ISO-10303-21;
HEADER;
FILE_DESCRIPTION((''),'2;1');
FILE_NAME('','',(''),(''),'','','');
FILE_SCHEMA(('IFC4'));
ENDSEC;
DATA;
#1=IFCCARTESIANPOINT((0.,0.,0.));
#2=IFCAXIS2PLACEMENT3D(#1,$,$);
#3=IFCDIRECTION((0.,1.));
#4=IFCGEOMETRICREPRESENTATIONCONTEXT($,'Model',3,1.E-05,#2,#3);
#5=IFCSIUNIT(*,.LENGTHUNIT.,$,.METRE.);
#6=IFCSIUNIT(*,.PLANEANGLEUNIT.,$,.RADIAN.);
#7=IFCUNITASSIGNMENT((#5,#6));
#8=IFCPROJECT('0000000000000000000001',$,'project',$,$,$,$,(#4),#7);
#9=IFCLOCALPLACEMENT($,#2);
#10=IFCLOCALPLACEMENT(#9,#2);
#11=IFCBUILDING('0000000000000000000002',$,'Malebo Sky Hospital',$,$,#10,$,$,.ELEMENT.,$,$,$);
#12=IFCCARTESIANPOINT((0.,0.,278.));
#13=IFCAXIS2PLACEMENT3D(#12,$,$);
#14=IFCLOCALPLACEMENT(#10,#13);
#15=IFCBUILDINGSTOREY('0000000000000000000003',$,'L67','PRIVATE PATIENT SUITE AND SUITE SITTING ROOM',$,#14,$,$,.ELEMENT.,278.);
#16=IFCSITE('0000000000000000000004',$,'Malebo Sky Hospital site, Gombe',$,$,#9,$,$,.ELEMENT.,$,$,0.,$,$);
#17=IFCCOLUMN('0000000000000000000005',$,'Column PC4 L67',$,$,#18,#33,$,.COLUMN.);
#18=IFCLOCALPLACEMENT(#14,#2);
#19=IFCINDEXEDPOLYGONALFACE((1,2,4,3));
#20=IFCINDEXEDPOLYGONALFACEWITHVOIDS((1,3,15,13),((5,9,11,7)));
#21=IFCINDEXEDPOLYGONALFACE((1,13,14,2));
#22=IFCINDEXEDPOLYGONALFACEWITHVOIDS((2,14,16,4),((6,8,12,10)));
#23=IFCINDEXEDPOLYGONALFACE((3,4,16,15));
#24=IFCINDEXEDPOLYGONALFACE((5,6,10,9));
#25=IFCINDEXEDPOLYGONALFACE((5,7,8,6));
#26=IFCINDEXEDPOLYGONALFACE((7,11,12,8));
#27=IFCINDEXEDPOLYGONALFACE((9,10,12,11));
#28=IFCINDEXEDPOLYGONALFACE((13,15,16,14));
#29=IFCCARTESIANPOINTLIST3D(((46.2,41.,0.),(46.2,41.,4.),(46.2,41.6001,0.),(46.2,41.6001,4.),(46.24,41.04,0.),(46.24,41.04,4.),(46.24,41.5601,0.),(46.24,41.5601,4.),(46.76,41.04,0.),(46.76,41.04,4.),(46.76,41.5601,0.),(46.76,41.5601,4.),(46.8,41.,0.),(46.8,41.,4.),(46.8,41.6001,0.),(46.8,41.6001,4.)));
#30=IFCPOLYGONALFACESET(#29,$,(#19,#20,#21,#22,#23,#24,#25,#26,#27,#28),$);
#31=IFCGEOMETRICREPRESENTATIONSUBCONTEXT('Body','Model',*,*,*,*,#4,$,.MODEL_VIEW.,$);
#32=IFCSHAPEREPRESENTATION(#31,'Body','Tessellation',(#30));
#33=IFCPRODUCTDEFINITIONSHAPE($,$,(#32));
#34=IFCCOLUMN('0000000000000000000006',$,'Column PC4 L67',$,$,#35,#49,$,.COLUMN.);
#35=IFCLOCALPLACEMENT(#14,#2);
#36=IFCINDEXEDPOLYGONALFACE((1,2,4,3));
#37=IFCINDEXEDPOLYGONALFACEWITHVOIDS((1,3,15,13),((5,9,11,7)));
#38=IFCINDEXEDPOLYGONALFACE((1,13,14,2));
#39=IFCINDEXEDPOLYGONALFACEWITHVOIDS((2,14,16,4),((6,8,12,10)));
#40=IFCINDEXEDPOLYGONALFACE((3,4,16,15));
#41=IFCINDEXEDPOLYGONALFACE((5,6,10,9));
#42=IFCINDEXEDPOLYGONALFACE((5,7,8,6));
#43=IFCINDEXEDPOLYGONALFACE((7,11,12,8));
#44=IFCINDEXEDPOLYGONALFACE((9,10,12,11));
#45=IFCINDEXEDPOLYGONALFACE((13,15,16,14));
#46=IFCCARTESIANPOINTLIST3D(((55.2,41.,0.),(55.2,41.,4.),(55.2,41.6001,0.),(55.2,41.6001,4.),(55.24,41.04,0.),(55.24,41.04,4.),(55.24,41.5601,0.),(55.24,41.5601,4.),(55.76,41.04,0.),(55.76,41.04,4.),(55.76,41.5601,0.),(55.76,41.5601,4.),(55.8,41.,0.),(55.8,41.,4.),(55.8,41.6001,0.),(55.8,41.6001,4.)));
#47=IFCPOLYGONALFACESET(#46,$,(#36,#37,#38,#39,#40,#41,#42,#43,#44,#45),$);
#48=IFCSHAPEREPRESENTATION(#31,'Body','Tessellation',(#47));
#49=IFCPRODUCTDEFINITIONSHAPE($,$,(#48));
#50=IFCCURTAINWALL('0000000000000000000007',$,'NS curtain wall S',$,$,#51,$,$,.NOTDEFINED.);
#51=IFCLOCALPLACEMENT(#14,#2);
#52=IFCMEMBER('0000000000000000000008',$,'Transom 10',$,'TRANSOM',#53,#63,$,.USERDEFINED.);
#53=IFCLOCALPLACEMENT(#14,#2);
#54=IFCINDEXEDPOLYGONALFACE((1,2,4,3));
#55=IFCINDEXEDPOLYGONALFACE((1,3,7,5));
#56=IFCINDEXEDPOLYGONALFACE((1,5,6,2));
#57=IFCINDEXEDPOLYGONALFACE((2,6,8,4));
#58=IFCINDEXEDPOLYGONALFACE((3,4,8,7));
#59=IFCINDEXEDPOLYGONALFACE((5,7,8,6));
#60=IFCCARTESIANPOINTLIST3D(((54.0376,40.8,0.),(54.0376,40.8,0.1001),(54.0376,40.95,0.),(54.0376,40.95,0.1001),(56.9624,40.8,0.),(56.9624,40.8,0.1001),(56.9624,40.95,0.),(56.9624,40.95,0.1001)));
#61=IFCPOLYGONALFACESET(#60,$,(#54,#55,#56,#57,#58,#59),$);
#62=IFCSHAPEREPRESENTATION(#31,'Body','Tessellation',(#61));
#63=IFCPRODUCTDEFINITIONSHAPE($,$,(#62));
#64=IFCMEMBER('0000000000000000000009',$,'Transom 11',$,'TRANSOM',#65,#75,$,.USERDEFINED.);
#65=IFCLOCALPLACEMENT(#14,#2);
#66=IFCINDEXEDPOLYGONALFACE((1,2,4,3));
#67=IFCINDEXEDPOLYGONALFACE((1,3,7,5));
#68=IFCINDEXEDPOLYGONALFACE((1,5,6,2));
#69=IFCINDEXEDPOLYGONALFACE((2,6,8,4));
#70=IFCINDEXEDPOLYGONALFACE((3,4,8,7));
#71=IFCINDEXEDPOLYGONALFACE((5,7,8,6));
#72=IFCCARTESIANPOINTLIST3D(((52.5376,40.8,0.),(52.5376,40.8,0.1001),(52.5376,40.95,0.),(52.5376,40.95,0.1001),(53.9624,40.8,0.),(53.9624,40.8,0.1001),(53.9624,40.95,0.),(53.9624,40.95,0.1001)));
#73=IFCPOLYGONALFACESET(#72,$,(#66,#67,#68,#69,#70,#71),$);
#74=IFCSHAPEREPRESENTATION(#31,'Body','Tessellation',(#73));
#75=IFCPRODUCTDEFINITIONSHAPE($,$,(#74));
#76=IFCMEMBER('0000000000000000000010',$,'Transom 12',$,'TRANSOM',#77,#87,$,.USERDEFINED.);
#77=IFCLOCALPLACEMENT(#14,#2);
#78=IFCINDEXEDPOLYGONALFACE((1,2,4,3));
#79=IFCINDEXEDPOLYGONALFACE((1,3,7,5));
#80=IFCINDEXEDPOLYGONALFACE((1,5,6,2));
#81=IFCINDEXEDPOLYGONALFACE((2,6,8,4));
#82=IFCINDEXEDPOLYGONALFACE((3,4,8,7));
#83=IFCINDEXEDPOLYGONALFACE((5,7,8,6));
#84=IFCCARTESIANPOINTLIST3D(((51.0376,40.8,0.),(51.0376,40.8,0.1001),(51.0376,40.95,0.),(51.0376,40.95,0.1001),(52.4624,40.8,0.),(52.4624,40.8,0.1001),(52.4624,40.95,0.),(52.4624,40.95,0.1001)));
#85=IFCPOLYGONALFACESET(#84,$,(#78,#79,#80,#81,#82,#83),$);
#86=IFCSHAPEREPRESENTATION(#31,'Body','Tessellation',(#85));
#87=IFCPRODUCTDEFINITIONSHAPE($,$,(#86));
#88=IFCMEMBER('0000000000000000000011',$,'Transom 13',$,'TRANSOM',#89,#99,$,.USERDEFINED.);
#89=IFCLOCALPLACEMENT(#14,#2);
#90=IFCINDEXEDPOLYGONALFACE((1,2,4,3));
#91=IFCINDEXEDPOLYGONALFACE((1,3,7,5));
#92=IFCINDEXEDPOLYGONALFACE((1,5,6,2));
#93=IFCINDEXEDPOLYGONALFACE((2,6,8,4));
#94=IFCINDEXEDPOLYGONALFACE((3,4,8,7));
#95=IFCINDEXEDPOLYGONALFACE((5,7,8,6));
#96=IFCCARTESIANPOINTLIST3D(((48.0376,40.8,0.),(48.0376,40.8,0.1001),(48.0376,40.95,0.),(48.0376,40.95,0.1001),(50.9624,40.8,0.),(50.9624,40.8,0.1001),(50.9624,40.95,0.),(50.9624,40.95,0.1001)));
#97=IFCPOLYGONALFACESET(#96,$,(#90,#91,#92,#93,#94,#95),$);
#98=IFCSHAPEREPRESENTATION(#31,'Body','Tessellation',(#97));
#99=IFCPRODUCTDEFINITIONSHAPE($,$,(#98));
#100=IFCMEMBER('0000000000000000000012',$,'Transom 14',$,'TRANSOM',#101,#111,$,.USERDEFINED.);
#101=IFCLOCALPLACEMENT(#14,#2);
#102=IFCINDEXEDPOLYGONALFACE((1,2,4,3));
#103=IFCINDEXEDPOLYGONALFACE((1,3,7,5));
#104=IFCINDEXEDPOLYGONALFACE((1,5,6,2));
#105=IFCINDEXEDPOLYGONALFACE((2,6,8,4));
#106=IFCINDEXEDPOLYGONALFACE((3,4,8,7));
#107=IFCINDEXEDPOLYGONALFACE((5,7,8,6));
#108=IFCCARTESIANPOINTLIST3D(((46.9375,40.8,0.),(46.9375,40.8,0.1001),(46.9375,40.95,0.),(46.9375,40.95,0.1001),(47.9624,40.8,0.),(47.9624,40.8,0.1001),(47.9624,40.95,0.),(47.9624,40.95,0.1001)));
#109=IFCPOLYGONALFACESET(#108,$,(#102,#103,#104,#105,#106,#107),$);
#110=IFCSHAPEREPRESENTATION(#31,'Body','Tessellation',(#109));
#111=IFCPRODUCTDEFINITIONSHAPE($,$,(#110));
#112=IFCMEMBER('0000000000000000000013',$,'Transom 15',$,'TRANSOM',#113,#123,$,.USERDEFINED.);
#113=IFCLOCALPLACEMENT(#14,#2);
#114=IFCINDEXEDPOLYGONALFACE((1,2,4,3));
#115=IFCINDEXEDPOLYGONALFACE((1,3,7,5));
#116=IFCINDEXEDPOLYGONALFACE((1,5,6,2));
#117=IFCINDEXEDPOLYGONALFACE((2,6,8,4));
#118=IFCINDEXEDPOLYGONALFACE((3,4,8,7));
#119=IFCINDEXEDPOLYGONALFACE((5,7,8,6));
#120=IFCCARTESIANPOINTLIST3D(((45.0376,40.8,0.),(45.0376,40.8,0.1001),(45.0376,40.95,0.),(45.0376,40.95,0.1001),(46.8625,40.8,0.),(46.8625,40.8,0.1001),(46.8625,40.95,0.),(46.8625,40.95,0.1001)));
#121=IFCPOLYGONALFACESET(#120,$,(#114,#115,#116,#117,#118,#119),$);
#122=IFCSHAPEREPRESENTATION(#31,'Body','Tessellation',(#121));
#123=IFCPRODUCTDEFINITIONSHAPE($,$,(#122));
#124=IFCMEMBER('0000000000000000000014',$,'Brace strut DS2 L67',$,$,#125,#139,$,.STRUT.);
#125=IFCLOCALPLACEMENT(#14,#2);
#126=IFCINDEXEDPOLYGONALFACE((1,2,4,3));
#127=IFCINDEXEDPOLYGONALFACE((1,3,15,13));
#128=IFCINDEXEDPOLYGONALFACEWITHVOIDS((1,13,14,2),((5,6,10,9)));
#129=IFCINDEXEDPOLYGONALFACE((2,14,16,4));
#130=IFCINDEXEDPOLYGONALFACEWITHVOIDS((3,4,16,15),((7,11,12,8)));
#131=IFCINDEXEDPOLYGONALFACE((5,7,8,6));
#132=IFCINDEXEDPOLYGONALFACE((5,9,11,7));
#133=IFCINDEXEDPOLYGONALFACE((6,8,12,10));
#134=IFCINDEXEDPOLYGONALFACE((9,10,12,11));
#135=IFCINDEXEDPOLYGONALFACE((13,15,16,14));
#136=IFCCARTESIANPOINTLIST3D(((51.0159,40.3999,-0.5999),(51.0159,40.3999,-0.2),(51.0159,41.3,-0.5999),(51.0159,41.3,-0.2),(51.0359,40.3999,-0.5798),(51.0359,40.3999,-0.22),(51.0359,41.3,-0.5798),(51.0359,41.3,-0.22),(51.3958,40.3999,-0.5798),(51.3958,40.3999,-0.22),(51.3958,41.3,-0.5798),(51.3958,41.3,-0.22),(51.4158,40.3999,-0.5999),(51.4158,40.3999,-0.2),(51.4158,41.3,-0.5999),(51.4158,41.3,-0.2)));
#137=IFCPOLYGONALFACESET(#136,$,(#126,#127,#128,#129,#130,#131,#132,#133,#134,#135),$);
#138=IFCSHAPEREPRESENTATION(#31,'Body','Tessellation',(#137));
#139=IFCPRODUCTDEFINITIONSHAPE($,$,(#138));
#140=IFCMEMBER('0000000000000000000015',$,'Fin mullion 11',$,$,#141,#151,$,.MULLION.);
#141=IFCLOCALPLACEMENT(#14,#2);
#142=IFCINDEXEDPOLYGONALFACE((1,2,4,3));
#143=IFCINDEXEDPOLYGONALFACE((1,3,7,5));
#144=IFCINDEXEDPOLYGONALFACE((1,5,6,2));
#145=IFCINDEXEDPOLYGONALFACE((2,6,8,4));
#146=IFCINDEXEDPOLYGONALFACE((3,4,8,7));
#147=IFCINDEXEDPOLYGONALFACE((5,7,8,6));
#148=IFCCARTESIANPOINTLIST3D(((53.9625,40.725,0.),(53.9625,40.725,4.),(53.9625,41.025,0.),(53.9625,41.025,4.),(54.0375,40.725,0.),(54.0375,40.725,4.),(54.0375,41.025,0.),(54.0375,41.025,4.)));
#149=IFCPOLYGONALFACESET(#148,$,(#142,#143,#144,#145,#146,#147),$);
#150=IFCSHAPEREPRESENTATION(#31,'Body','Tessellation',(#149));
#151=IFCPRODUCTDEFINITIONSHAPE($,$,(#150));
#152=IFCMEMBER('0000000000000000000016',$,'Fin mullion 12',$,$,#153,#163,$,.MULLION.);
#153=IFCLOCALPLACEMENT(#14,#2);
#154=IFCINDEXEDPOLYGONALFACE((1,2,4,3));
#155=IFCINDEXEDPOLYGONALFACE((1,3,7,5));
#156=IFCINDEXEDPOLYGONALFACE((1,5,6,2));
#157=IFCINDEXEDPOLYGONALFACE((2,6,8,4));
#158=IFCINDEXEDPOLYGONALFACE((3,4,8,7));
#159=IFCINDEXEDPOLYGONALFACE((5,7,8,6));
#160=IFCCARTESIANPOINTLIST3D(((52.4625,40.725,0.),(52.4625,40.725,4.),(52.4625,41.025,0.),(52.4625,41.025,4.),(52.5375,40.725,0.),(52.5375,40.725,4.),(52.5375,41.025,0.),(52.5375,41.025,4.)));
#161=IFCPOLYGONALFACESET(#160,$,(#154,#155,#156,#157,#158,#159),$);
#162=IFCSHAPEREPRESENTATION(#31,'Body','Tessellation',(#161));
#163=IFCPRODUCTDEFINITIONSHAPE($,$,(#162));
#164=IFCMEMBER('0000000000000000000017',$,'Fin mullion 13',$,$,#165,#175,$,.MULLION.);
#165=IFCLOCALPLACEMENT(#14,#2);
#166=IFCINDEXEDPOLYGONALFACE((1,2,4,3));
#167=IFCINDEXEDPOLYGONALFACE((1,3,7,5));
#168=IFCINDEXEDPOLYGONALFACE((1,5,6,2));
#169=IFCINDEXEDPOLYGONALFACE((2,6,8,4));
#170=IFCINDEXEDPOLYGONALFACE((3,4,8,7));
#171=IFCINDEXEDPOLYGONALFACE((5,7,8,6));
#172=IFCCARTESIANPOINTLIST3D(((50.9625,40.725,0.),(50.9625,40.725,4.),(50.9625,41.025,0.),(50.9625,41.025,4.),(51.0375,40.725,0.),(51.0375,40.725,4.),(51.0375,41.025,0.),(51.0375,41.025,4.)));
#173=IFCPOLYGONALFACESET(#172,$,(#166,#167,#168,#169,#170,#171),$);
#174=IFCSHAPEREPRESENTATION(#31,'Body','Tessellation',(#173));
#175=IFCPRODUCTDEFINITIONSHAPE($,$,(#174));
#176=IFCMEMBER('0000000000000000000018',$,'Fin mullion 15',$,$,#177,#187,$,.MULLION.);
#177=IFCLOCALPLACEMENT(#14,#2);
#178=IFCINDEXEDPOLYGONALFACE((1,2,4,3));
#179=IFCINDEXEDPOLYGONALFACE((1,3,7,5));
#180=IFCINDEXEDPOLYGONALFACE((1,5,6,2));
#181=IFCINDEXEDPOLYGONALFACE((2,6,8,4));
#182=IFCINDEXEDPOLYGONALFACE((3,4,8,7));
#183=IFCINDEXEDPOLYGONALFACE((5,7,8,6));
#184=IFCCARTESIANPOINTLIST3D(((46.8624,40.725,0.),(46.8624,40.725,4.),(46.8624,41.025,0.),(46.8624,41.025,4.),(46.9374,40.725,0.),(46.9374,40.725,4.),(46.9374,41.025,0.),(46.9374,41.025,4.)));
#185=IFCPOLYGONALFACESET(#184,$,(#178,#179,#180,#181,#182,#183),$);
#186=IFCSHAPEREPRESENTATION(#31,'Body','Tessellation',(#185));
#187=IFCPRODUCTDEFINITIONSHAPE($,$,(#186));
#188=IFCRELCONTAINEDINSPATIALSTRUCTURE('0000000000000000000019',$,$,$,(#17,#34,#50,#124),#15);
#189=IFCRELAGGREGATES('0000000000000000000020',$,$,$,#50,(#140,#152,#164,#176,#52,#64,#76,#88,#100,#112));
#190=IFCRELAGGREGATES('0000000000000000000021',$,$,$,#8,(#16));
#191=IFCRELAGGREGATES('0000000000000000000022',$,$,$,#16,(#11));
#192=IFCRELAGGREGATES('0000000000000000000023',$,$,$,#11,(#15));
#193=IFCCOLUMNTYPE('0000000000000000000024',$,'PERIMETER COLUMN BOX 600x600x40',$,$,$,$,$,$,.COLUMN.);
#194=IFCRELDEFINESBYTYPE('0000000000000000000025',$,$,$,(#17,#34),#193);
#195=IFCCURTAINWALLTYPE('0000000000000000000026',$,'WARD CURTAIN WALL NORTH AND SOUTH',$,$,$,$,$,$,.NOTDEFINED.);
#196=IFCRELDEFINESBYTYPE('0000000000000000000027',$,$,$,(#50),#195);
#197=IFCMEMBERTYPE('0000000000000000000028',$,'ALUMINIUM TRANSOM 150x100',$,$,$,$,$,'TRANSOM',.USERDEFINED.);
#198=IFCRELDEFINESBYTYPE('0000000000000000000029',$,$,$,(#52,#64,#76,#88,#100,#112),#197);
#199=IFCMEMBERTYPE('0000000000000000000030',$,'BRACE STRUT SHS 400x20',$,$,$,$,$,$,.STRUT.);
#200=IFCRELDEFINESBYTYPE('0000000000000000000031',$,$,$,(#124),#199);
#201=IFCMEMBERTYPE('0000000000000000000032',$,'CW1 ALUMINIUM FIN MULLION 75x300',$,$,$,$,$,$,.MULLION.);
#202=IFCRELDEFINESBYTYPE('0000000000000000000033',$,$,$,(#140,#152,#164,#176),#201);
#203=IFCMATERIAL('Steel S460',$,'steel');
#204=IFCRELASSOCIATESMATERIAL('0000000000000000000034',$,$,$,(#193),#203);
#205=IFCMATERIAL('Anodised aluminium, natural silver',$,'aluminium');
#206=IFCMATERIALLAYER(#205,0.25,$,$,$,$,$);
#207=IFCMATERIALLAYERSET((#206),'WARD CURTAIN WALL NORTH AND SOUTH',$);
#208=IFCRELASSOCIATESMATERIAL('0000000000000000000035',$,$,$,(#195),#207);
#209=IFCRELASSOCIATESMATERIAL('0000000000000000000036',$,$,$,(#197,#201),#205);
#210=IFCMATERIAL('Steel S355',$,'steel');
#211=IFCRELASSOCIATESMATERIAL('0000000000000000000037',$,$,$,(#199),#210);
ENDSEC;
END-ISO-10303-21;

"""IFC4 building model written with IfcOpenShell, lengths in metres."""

from ifc_helpers import new_model, si_unit, direction, frame, origin, origin_2d, place, context, subcontext, project, spatial, rectangle, hollow_rectangle, extrude, material, layer, layer_set, material_profile, profile_set, type_object, element, aggregate, save


model = new_model("IFC4")

# Units and contexts
model_context = context("Model", 3, precision=1e-05, world=origin(), true_north=direction((0.0, 1.0)))
body_context = subcontext(model_context, "Body", "Model", "MODEL_VIEW")
ifc_project = project(units=[si_unit("LENGTHUNIT", "METRE"), si_unit("PLANEANGLEUNIT", "RADIAN")], contexts=[model_context])

# Site, building, storey
site_placement = place(None, origin())
site = spatial("IfcSite", under=ifc_project, at=site_placement, Name="Malebo Sky Hospital site, Gombe", CompositionType="ELEMENT", RefElevation=0.0)
building_placement = place(site_placement, origin())
building = spatial("IfcBuilding", under=site, at=building_placement, Name="Malebo Sky Hospital", CompositionType="ELEMENT")
storey_placement = place(building_placement, frame((0.0, 0.0, 278.0)))
storey = spatial("IfcBuildingStorey", under=building, at=storey_placement, Name="L67", Description="PRIVATE PATIENT SUITE AND SUITE SITTING ROOM", CompositionType="ELEMENT", Elevation=278.0)

# Columns
ifc_material_1 = material(Name="Steel S460", Category="steel")
ifc_material_profile_1 = material_profile(ifc_material_1, hollow_rectangle(XDim=0.6001, YDim=0.6001, WallThickness=0.04, at=origin_2d()), Name="BOX 600x600x40")
ifc_profile_set_1 = profile_set([ifc_material_profile_1], Name="Steel S460")
column_type = type_object("IfcColumnType", Name="PERIMETER COLUMN BOX 600x600x40", PredefinedType="COLUMN", material=ifc_profile_set_1)
for number, where, z_axis, x_axis, name in (
    (1, (46.5, 41.3, 0.0), (0.0, 0.0, 1.0), (1.0, 0.0, 0.0), "Column PC4 L67"),
    (2, (55.5, 41.3, 0.0), (0.0, 0.0, 1.0), (1.0, 0.0, 0.0), "Column PC4 L67"),
):
    element("IfcColumn", number, at=place(storey_placement, frame(where, z_axis=z_axis, x_axis=x_axis)), inside=storey, type_object=column_type, Name=name, PredefinedType="COLUMN", context=body_context, shape_type="SweptSolid", body=[
        extrude(hollow_rectangle(XDim=0.6001, YDim=0.6001, WallThickness=0.04, at=origin_2d()), origin(), (0.0, 0.0, 1.0), 4.0),
    ])

# Curtain wall, members
ifc_material_2 = material(Name="Anodised aluminium, natural silver", Category="aluminium")
ifc_layer_1 = layer(ifc_material_2, 0.25)
ifc_layer_set_1 = layer_set([ifc_layer_1], Name="WARD CURTAIN WALL NORTH AND SOUTH")
curtain_wall_type = type_object("IfcCurtainWallType", Name="WARD CURTAIN WALL NORTH AND SOUTH", PredefinedType="NOTDEFINED", material=ifc_layer_set_1)
curtain_wall_placement = place(storey_placement, origin())
curtain_wall = element("IfcCurtainWall", 3, at=curtain_wall_placement, inside=storey, type_object=curtain_wall_type, Name="NS curtain wall S", PredefinedType="NOTDEFINED")
ifc_material_profile_2 = material_profile(ifc_material_2, rectangle(XDim=0.1499, YDim=0.1001, at=origin_2d()), Name="ALUMINIUM TRANSOM 150x100")
ifc_profile_set_2 = profile_set([ifc_material_profile_2], Name="Anodised aluminium, natural silver")
member_type_1 = type_object("IfcMemberType", Name="ALUMINIUM TRANSOM 150x100", ElementType="TRANSOM", PredefinedType="USERDEFINED", material=ifc_profile_set_2)
member_1_placement = place(storey_placement, frame((56.9624, 40.875, 0.05), z_axis=(-1.0, 0.0, 0.0), x_axis=(0.0, -1.0, 0.0)))
member_1 = element("IfcMember", 4, at=member_1_placement, type_object=member_type_1, Name="Transom 10", ObjectType="TRANSOM", PredefinedType="USERDEFINED", context=body_context, shape_type="SweptSolid", body=[
    extrude(rectangle(XDim=0.1499, YDim=0.1001, at=origin_2d()), origin(), (0.0, 0.0, 1.0), 2.9248),
])
member_2_placement = place(storey_placement, frame((53.9624, 40.875, 0.05), z_axis=(-1.0, 0.0, 0.0), x_axis=(0.0, -1.0, 0.0)))
member_2 = element("IfcMember", 5, at=member_2_placement, type_object=member_type_1, Name="Transom 11", ObjectType="TRANSOM", PredefinedType="USERDEFINED", context=body_context, shape_type="SweptSolid", body=[
    extrude(rectangle(XDim=0.1499, YDim=0.1001, at=origin_2d()), origin(), (0.0, 0.0, 1.0), 1.4248),
])
member_3_placement = place(storey_placement, frame((52.4624, 40.875, 0.05), z_axis=(-1.0, 0.0, 0.0), x_axis=(0.0, -1.0, 0.0)))
member_3 = element("IfcMember", 6, at=member_3_placement, type_object=member_type_1, Name="Transom 12", ObjectType="TRANSOM", PredefinedType="USERDEFINED", context=body_context, shape_type="SweptSolid", body=[
    extrude(rectangle(XDim=0.1499, YDim=0.1001, at=origin_2d()), origin(), (0.0, 0.0, 1.0), 1.4248),
])
member_4_placement = place(storey_placement, frame((50.9624, 40.875, 0.05), z_axis=(-1.0, 0.0, 0.0), x_axis=(0.0, -1.0, 0.0)))
member_4 = element("IfcMember", 7, at=member_4_placement, type_object=member_type_1, Name="Transom 13", ObjectType="TRANSOM", PredefinedType="USERDEFINED", context=body_context, shape_type="SweptSolid", body=[
    extrude(rectangle(XDim=0.1499, YDim=0.1001, at=origin_2d()), origin(), (0.0, 0.0, 1.0), 2.9248),
])
member_5_placement = place(storey_placement, frame((47.9624, 40.875, 0.05), z_axis=(-1.0, 0.0, 0.0), x_axis=(0.0, -1.0, 0.0)))
member_5 = element("IfcMember", 8, at=member_5_placement, type_object=member_type_1, Name="Transom 14", ObjectType="TRANSOM", PredefinedType="USERDEFINED", context=body_context, shape_type="SweptSolid", body=[
    extrude(rectangle(XDim=0.1499, YDim=0.1001, at=origin_2d()), origin(), (0.0, 0.0, 1.0), 1.0249),
])
member_6_placement = place(storey_placement, frame((46.8625, 40.875, 0.05), z_axis=(-1.0, 0.0, 0.0), x_axis=(0.0, -1.0, 0.0)))
member_6 = element("IfcMember", 9, at=member_6_placement, type_object=member_type_1, Name="Transom 15", ObjectType="TRANSOM", PredefinedType="USERDEFINED", context=body_context, shape_type="SweptSolid", body=[
    extrude(rectangle(XDim=0.1499, YDim=0.1001, at=origin_2d()), origin(), (0.0, 0.0, 1.0), 1.825),
])

# Members
ifc_material_3 = material(Name="Steel S355", Category="steel")
ifc_material_profile_3 = material_profile(ifc_material_3, hollow_rectangle(XDim=0.3999, YDim=0.3999, WallThickness=0.02, at=origin_2d()), Name="SHS 400x20")
ifc_profile_set_3 = profile_set([ifc_material_profile_3], Name="Steel S355")
member_type_2 = type_object("IfcMemberType", Name="BRACE STRUT SHS 400x20", PredefinedType="STRUT", material=ifc_profile_set_3)
member_7_placement = place(storey_placement, frame((51.2158, 40.3999, -0.3999), z_axis=(0.0, 1.0, 0.0), x_axis=(-1.0, 0.0, 0.0)))
element("IfcMember", 10, at=member_7_placement, inside=storey, type_object=member_type_2, Name="Brace strut DS2 L67", PredefinedType="STRUT", context=body_context, shape_type="SweptSolid", body=[
    extrude(hollow_rectangle(XDim=0.3999, YDim=0.3999, WallThickness=0.02, at=origin_2d()), origin(), (0.0, 0.0, 1.0), 0.9001),
])
ifc_material_profile_4 = material_profile(ifc_material_2, rectangle(XDim=0.075, YDim=0.3, at=origin_2d()), Name="CW1 ALUMINIUM FIN MULLION 75x300")
ifc_profile_set_4 = profile_set([ifc_material_profile_4], Name="Anodised aluminium, natural silver")
member_type_3 = type_object("IfcMemberType", Name="CW1 ALUMINIUM FIN MULLION 75x300", PredefinedType="MULLION", material=ifc_profile_set_4)
member_8_placement = place(storey_placement, frame((54.0, 40.875, 0.0), z_axis=(0.0, 0.0, 1.0), x_axis=(-1.0, 0.0, 0.0)))
member_8 = element("IfcMember", 11, at=member_8_placement, type_object=member_type_3, Name="Fin mullion 11", PredefinedType="MULLION", context=body_context, shape_type="SweptSolid", body=[
    extrude(rectangle(XDim=0.075, YDim=0.3, at=origin_2d()), origin(), (0.0, 0.0, 1.0), 4.0),
])
member_9_placement = place(storey_placement, frame((52.5, 40.875, 0.0), z_axis=(0.0, 0.0, 1.0), x_axis=(-1.0, 0.0, 0.0)))
member_9 = element("IfcMember", 12, at=member_9_placement, type_object=member_type_3, Name="Fin mullion 12", PredefinedType="MULLION", context=body_context, shape_type="SweptSolid", body=[
    extrude(rectangle(XDim=0.075, YDim=0.3, at=origin_2d()), origin(), (0.0, 0.0, 1.0), 4.0),
])
member_10_placement = place(storey_placement, frame((51.0, 40.875, 0.0), z_axis=(0.0, 0.0, 1.0), x_axis=(-1.0, 0.0, 0.0)))
member_10 = element("IfcMember", 13, at=member_10_placement, type_object=member_type_3, Name="Fin mullion 13", PredefinedType="MULLION", context=body_context, shape_type="SweptSolid", body=[
    extrude(rectangle(XDim=0.075, YDim=0.3, at=origin_2d()), origin(), (0.0, 0.0, 1.0), 4.0),
])
member_11_placement = place(storey_placement, frame((46.8999, 40.875, 0.0), z_axis=(0.0, 0.0, 1.0), x_axis=(-1.0, 0.0, 0.0)))
member_11 = element("IfcMember", 14, at=member_11_placement, type_object=member_type_3, Name="Fin mullion 15", PredefinedType="MULLION", context=body_context, shape_type="SweptSolid", body=[
    extrude(rectangle(XDim=0.075, YDim=0.3, at=origin_2d()), origin(), (0.0, 0.0, 1.0), 4.0),
])

aggregate(curtain_wall, [member_8, member_9, member_10, member_11, member_1, member_2, member_3, member_4, member_5, member_6])

save(model, "model.ifc")
